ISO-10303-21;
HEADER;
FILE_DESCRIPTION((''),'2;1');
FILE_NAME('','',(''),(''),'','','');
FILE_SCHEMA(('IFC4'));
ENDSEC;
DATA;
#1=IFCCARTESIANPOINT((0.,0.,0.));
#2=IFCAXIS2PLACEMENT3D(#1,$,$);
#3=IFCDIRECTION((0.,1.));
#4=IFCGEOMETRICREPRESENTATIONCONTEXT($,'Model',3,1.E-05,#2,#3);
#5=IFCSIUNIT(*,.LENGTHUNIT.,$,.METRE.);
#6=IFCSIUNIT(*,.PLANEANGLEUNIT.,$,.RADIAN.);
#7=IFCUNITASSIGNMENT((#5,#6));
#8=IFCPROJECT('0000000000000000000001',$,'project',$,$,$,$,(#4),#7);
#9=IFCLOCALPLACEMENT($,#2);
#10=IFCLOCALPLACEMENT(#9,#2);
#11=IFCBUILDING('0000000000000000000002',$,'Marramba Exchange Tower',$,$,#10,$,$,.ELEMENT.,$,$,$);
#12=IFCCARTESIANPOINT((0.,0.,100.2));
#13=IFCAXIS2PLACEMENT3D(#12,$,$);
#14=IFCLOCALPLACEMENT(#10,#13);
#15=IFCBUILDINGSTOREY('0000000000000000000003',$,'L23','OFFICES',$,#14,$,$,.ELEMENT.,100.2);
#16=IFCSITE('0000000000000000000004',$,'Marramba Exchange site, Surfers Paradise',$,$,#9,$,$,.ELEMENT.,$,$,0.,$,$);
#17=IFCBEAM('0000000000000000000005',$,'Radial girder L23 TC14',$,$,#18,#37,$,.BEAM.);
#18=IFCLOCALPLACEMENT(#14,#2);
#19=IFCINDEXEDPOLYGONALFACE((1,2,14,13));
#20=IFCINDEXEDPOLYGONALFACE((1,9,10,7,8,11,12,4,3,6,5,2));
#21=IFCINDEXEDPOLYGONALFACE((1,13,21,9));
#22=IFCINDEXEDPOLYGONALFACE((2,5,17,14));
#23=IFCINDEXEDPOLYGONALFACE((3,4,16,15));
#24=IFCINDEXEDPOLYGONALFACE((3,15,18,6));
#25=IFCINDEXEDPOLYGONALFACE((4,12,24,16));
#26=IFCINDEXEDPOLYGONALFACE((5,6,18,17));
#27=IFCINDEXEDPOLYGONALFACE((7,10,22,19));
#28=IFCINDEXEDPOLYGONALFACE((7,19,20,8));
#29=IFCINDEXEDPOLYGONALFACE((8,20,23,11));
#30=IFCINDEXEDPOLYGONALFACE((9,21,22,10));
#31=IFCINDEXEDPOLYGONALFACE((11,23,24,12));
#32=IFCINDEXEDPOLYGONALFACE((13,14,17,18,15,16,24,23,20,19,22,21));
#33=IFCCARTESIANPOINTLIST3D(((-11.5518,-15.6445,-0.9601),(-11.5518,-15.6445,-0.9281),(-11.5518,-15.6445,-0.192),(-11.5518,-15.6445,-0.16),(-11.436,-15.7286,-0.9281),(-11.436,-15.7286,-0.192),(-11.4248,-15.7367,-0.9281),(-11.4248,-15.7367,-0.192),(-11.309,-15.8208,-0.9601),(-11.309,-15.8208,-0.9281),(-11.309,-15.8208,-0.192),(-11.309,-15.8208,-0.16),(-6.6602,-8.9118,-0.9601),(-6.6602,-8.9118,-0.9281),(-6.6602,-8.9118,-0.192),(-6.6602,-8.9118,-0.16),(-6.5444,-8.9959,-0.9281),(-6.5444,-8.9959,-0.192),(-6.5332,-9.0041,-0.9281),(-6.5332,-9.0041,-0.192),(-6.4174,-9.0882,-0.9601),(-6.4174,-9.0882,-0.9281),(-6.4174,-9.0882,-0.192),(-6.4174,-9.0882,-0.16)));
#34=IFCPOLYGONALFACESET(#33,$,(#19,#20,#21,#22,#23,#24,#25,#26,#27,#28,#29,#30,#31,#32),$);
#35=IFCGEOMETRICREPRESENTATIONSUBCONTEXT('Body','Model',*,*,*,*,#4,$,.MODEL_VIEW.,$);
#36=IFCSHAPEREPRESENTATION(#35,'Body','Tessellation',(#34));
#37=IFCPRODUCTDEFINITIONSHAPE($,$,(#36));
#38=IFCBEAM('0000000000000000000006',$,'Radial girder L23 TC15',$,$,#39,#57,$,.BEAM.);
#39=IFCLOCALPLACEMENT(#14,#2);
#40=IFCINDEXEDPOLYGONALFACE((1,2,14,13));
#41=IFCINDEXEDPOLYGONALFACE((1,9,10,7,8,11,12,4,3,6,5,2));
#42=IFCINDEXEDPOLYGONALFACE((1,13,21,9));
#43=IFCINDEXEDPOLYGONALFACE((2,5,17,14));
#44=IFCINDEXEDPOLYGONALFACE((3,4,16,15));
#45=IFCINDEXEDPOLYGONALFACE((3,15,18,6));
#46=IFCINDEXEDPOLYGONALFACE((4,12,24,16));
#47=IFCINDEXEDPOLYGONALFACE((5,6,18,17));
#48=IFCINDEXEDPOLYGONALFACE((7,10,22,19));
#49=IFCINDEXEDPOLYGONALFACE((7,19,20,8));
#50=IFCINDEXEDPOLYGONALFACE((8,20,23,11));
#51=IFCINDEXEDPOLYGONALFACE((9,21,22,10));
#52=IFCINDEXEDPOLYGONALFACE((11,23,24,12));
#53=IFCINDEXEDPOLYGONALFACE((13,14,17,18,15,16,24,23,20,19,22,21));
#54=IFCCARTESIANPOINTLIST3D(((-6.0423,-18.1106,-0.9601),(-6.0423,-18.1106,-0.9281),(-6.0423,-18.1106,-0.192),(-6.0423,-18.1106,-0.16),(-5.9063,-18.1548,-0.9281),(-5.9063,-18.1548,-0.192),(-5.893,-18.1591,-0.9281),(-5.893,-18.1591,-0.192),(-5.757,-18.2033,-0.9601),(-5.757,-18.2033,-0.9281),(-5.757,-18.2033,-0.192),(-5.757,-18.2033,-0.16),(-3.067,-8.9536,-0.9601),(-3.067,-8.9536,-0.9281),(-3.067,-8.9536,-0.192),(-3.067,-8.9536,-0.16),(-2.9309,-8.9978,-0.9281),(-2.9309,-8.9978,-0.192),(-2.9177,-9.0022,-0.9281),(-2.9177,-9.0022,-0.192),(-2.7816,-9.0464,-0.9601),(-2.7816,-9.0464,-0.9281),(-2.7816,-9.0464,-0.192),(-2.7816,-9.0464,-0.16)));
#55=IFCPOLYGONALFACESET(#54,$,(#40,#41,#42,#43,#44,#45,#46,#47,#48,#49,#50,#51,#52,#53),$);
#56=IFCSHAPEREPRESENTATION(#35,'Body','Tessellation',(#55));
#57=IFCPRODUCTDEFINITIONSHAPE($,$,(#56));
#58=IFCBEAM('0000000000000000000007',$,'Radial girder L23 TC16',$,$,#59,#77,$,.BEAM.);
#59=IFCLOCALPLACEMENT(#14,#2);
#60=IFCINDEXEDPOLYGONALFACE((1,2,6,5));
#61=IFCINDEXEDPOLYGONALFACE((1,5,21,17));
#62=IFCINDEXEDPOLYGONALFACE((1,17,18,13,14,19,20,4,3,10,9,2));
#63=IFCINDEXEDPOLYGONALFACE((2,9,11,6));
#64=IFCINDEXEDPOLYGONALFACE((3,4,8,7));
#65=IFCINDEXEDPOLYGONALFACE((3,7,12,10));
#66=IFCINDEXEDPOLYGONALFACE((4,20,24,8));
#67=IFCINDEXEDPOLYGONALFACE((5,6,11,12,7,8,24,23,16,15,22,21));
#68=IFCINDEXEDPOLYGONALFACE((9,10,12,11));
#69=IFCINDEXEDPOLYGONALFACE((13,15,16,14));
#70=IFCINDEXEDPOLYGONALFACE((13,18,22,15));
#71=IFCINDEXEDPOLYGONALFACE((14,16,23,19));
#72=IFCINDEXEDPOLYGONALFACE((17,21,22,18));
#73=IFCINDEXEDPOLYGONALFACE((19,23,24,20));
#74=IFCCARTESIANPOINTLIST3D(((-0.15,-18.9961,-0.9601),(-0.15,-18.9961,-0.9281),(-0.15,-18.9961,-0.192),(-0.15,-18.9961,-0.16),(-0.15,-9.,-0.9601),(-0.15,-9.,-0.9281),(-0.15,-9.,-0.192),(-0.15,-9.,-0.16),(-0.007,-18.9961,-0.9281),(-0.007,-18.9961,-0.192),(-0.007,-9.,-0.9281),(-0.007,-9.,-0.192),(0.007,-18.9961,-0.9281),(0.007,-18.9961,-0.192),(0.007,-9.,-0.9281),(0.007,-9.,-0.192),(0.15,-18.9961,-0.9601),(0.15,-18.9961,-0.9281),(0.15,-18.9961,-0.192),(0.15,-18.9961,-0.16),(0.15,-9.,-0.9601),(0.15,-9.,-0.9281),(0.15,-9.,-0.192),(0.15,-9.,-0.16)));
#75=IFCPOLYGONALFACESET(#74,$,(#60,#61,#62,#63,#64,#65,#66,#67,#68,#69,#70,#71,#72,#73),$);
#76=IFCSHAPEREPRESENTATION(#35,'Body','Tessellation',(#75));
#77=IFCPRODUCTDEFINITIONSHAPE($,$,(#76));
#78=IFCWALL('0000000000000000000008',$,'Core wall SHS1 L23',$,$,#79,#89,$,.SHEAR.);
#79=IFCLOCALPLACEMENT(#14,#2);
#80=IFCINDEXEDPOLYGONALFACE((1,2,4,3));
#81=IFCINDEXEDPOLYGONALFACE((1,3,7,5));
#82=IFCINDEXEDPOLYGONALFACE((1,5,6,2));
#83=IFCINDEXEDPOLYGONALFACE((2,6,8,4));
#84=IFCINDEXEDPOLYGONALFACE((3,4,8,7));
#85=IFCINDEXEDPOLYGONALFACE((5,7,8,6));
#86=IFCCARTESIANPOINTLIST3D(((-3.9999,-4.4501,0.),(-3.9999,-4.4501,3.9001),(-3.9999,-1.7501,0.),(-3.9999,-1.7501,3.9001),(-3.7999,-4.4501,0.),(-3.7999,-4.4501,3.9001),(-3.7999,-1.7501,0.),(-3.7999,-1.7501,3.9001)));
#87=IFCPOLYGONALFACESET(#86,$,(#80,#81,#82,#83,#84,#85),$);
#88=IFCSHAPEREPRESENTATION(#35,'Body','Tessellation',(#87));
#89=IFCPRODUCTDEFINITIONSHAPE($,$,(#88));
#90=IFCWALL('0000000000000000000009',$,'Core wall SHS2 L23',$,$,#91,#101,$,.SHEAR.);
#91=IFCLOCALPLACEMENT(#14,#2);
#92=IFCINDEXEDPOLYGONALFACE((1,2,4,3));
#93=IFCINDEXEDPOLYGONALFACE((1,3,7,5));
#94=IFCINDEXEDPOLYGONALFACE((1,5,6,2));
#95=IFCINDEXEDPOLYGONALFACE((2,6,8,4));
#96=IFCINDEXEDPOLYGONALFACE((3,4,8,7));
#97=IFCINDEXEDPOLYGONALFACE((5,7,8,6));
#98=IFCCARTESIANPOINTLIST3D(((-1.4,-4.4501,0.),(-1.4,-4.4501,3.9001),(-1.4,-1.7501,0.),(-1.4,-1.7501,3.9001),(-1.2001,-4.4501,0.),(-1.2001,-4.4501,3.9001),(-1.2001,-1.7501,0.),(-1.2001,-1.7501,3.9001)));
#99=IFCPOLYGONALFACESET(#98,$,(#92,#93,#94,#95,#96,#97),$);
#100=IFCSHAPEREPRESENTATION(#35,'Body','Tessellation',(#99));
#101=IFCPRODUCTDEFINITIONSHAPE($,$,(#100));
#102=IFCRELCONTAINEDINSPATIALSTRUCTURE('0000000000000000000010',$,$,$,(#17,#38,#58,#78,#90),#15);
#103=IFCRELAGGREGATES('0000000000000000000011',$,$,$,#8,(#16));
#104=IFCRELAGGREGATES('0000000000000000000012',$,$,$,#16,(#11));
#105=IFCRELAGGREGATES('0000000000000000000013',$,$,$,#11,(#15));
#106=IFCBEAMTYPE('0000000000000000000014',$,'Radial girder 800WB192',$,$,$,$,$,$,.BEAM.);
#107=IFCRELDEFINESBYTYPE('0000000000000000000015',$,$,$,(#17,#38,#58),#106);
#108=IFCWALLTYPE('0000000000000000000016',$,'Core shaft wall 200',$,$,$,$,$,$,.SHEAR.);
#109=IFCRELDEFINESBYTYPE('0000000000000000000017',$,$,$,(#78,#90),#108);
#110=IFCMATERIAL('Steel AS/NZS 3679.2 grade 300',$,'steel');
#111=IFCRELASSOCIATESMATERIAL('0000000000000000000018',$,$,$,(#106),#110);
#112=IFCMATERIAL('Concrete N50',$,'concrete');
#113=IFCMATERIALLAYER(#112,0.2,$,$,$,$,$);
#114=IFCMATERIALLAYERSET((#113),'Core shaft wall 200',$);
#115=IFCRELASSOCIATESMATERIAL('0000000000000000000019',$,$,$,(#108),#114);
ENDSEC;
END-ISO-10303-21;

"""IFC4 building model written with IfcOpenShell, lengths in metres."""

from ifc_helpers import new_model, si_unit, direction, frame, frame_2d, origin, origin_2d, place, context, subcontext, project, spatial, rectangle, i_section, extrude, material, layer, layer_set, material_profile, profile_set, type_object, element, save


model = new_model("IFC4")

# Units and contexts
model_context = context("Model", 3, precision=1e-05, world=origin(), true_north=direction((0.0, 1.0)))
body_context = subcontext(model_context, "Body", "Model", "MODEL_VIEW")
ifc_project = project(units=[si_unit("LENGTHUNIT", "METRE"), si_unit("PLANEANGLEUNIT", "RADIAN")], contexts=[model_context])

# Site, building, storey
site_placement = place(None, origin())
site = spatial("IfcSite", under=ifc_project, at=site_placement, Name="Marramba Exchange site, Surfers Paradise", CompositionType="ELEMENT", RefElevation=0.0)
building_placement = place(site_placement, origin())
building = spatial("IfcBuilding", under=site, at=building_placement, Name="Marramba Exchange Tower", CompositionType="ELEMENT")
storey_placement = place(building_placement, frame((0.0, 0.0, 100.2)))
storey = spatial("IfcBuildingStorey", under=building, at=storey_placement, Name="L23", Description="OFFICES", CompositionType="ELEMENT", Elevation=100.2)

# Beams
ifc_material_1 = material(Name="Steel AS/NZS 3679.2 grade 300", Category="steel")
ifc_material_profile = material_profile(ifc_material_1, i_section(OverallWidth=0.3, OverallDepth=0.8, WebThickness=0.0139, FlangeThickness=0.032, at=origin_2d()), Name="800WB192")
ifc_profile_set = profile_set([ifc_material_profile], Name="Steel AS/NZS 3679.2 grade 300")
beam_type = type_object("IfcBeamType", Name="Radial girder 800WB192", PredefinedType="BEAM", material=ifc_profile_set)
beam_1_placement = place(storey_placement, frame((-6.5388, -9.0, -0.5601), z_axis=(-0.587788, -0.809015, 0.0), x_axis=(0.809015, -0.587788, 0.0)))
element("IfcBeam", 1, at=beam_1_placement, inside=storey, type_object=beam_type, Name="Radial girder L23 TC14", PredefinedType="BEAM", context=body_context, shape_type="SweptSolid", body=[
    extrude(i_section(OverallWidth=0.3, OverallDepth=0.8, WebThickness=0.0139, FlangeThickness=0.032, at=origin_2d()), origin(), (0.0, 0.0, 1.0), 8.322),
])
beam_2_placement = place(storey_placement, frame((-2.9243, -9.0, -0.5601), z_axis=(-0.309022, -0.951055, 0.0), x_axis=(0.951055, -0.309022, 0.0)))
element("IfcBeam", 2, at=beam_2_placement, inside=storey, type_object=beam_type, Name="Radial girder L23 TC15", PredefinedType="BEAM", context=body_context, shape_type="SweptSolid", body=[
    extrude(i_section(OverallWidth=0.3, OverallDepth=0.8, WebThickness=0.0139, FlangeThickness=0.032, at=origin_2d()), origin(), (0.0, 0.0, 1.0), 9.6282),
])
beam_3_placement = place(storey_placement, frame((0.0, -9.0, -0.5601), z_axis=(0.0, -1.0, 0.0), x_axis=(1.0, 0.0, 0.0)))
element("IfcBeam", 3, at=beam_3_placement, inside=storey, type_object=beam_type, Name="Radial girder L23 TC16", PredefinedType="BEAM", context=body_context, shape_type="SweptSolid", body=[
    extrude(i_section(OverallWidth=0.3, OverallDepth=0.8, WebThickness=0.0139, FlangeThickness=0.032, at=origin_2d()), origin(), (0.0, 0.0, 1.0), 9.9961),
])

# Walls
ifc_material_2 = material(Name="Concrete N50", Category="concrete")
ifc_layer_1 = layer(ifc_material_2, 0.2)
ifc_layer_set_1 = layer_set([ifc_layer_1], Name="Core shaft wall 200")
wall_type_1 = type_object("IfcWallType", Name="Core shaft wall 200", PredefinedType="SHEAR", material=ifc_layer_set_1)
for number, where, z_axis, x_axis, name in (
    (4, (-3.8999, -1.75, 0.0), (0.0, 0.0, 1.0), (0.0, -1.0, 0.0), "Core wall SHS1 L23"),
    (5, (-1.3, -1.75, 0.0), (0.0, 0.0, 1.0), (0.0, -1.0, 0.0), "Core wall SHS2 L23"),
):
    element("IfcWall", number, at=place(storey_placement, frame(where, z_axis=z_axis, x_axis=x_axis)), inside=storey, type_object=wall_type_1, Name=name, PredefinedType="SHEAR", context=body_context, shape_type="SweptSolid", body=[
        extrude(rectangle(XDim=2.7, YDim=0.2, at=frame_2d((1.3501, 0.0))), origin(), (0.0, 0.0, 1.0), 3.9001),
    ])

save(model, "model.ifc")
